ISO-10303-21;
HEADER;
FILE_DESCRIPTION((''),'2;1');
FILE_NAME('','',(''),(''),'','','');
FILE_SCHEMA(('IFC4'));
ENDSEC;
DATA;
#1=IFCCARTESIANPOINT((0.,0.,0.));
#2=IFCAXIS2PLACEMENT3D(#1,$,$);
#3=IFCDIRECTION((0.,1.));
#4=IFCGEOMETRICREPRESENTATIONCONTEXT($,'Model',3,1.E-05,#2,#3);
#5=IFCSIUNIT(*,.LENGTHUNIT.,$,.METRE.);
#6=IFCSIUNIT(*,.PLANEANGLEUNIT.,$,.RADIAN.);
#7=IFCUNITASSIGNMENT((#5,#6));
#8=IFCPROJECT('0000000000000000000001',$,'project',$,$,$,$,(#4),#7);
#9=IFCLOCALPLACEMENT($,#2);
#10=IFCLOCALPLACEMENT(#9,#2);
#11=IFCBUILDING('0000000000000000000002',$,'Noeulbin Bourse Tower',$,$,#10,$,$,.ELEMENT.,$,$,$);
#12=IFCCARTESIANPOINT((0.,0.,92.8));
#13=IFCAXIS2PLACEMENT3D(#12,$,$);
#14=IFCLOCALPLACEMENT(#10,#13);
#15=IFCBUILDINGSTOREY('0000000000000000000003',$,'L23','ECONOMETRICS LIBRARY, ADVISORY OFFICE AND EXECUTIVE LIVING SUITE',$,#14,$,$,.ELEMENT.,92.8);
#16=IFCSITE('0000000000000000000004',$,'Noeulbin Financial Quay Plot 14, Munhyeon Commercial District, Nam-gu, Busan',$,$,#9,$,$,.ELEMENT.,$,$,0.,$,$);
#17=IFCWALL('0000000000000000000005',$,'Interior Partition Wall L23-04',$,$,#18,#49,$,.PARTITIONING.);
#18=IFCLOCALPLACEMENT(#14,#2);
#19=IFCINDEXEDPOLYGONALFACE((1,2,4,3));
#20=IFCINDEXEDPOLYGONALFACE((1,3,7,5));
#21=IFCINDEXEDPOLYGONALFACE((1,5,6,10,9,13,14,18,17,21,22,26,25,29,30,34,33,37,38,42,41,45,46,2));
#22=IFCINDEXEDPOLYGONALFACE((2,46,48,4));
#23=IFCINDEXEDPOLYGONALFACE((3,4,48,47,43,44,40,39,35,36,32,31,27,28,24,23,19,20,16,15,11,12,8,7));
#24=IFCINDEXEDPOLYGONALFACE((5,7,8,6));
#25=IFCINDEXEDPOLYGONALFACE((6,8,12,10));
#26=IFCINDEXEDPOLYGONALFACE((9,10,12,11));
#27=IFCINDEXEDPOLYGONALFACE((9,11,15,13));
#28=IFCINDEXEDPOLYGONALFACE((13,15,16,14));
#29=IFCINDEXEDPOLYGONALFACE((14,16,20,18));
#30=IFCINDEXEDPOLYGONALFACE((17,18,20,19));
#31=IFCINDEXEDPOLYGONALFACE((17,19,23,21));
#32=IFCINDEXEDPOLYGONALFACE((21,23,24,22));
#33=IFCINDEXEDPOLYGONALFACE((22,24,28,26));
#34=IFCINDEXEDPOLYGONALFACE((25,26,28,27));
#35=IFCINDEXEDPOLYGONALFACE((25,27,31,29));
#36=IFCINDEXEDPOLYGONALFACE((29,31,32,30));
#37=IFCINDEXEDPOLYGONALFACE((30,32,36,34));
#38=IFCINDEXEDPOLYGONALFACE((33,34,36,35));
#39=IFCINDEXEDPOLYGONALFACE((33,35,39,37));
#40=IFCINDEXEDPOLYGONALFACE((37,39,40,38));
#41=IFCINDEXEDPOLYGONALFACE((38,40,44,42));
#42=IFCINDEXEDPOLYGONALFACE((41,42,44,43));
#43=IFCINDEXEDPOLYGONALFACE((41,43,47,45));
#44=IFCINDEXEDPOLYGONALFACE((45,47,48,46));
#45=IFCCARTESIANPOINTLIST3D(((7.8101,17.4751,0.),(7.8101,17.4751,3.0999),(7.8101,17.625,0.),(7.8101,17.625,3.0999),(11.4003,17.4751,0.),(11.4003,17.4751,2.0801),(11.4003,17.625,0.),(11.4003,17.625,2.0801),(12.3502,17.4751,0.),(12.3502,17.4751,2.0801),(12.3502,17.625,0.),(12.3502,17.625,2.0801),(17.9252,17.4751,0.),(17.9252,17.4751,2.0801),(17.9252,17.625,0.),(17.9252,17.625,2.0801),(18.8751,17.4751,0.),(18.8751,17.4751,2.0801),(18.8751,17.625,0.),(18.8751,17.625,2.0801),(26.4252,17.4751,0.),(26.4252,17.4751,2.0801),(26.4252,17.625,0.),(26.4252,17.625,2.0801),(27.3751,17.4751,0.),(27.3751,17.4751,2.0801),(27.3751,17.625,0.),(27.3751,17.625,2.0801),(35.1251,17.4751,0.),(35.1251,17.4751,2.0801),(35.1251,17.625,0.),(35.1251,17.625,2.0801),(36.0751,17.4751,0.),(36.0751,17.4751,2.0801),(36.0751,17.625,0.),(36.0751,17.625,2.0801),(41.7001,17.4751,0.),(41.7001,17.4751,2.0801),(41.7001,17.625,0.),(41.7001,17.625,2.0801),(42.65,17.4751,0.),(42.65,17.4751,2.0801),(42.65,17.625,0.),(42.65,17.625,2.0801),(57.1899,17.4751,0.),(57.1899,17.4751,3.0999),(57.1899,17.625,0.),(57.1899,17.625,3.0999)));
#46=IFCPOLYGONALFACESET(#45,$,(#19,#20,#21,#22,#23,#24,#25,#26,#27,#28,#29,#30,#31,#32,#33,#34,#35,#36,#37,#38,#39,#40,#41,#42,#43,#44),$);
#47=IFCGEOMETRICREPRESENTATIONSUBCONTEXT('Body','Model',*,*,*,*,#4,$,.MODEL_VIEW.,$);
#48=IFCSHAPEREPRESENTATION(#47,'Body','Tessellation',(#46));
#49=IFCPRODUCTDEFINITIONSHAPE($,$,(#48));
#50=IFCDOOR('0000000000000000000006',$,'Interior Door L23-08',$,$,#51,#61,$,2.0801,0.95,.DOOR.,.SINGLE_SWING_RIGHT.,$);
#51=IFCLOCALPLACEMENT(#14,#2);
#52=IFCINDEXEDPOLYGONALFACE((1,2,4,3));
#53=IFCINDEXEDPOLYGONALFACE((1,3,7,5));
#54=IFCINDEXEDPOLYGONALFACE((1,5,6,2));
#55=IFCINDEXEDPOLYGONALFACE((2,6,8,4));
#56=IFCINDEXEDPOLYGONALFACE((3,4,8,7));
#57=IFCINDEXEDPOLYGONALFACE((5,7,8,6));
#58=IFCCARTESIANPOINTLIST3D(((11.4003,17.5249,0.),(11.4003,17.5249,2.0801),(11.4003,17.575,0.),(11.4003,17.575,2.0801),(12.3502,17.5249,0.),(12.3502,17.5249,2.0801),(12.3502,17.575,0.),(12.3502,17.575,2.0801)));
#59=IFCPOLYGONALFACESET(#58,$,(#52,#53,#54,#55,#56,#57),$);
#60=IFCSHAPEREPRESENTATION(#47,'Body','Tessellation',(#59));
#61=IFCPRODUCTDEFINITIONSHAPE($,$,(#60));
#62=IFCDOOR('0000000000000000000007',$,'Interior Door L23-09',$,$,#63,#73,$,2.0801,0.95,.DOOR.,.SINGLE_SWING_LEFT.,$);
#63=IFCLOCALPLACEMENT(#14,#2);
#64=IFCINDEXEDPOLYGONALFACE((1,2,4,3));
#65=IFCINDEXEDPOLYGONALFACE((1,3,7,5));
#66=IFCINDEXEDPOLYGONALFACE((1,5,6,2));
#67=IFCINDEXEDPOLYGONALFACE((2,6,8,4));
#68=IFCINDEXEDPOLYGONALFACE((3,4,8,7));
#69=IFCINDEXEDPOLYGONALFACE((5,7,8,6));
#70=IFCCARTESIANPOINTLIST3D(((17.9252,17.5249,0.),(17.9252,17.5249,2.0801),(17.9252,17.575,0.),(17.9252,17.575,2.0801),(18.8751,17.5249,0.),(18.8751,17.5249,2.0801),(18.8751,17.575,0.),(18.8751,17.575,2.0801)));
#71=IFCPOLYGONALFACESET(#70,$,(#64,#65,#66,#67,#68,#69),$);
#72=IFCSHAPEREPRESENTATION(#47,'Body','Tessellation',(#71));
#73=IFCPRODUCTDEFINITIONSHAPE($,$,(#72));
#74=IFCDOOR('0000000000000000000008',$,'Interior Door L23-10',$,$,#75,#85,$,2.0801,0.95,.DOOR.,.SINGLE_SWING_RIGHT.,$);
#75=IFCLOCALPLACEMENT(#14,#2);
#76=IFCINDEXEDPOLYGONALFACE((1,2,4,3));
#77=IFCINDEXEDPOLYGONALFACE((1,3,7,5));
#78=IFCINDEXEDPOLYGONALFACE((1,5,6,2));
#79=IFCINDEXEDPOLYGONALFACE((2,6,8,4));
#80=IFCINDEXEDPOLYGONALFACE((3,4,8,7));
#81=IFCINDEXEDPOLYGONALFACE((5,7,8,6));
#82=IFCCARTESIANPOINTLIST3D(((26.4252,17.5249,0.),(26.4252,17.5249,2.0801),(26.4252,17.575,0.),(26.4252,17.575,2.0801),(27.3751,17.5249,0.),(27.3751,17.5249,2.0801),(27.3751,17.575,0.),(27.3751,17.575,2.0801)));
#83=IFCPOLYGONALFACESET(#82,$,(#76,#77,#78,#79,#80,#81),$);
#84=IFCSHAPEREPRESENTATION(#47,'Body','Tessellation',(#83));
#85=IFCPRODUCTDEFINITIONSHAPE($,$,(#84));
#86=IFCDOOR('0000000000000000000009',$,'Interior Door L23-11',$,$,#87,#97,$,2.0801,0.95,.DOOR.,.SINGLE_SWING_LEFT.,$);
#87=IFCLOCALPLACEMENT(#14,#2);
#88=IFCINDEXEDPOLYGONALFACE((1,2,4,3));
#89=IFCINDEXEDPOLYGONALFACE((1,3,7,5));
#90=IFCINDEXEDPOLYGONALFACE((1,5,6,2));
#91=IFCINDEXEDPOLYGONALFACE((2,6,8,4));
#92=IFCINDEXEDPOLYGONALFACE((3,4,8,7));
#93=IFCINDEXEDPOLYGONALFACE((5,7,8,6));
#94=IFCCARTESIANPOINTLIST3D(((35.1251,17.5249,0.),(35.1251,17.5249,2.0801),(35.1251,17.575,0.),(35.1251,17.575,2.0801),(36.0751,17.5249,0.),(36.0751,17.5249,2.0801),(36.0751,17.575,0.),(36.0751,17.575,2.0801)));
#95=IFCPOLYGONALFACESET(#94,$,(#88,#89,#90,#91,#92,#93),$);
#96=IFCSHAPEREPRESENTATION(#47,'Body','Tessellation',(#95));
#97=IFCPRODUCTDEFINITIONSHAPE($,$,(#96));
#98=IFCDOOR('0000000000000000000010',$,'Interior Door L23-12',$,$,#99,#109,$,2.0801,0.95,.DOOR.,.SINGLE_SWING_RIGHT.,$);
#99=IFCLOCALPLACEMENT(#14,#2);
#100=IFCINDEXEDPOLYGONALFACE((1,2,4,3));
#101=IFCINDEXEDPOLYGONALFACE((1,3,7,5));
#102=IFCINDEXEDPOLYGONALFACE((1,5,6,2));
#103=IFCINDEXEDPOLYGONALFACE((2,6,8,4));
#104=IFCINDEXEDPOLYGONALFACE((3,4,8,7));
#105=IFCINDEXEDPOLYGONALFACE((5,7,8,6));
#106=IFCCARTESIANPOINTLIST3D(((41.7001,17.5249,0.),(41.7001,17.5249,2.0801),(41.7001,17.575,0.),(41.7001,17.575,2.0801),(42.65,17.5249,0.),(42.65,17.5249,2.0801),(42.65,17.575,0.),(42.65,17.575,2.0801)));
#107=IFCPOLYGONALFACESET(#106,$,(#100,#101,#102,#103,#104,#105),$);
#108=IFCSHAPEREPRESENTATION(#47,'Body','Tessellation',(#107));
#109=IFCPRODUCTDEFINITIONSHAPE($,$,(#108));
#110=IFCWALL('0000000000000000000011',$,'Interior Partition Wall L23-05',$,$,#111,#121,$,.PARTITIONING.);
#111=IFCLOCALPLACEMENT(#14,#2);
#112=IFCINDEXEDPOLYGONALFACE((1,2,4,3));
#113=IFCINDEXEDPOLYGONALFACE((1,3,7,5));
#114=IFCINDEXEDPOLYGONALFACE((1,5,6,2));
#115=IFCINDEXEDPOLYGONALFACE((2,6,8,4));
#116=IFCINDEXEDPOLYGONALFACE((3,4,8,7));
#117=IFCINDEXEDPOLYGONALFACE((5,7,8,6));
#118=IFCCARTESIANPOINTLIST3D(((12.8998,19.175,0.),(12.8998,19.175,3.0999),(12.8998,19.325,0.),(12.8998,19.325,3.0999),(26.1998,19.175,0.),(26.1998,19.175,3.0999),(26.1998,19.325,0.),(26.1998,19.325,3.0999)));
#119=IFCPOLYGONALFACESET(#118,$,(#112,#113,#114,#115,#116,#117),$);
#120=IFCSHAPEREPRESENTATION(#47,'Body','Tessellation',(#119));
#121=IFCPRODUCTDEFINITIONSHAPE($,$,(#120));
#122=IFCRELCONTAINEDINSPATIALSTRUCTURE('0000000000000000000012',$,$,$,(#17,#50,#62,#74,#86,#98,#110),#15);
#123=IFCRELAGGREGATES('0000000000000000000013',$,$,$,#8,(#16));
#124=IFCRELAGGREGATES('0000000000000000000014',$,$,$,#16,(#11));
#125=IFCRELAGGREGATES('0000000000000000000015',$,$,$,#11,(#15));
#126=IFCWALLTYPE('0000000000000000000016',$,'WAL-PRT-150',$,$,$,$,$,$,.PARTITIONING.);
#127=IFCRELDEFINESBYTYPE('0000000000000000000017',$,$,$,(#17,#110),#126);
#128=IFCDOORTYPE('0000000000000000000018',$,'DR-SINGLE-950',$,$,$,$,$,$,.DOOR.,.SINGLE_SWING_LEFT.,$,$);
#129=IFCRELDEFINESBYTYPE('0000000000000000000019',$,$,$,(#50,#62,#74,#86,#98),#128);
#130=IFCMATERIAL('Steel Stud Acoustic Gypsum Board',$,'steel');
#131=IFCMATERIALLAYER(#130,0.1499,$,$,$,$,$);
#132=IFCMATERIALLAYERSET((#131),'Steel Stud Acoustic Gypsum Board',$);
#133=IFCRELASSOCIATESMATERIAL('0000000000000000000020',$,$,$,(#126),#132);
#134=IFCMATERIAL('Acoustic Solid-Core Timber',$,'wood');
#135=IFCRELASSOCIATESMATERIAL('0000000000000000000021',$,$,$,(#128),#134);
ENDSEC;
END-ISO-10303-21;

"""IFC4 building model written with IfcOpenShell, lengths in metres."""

from ifc_helpers import new_model, si_unit, direction, frame, frame_2d, origin, place, context, subcontext, project, spatial, rectangle, extrude, material, layer, layer_set, type_object, element, fill, save


model = new_model("IFC4")

# Units and contexts
model_context = context("Model", 3, precision=1e-05, world=origin(), true_north=direction((0.0, 1.0)))
body_context = subcontext(model_context, "Body", "Model", "MODEL_VIEW")
ifc_project = project(units=[si_unit("LENGTHUNIT", "METRE"), si_unit("PLANEANGLEUNIT", "RADIAN")], contexts=[model_context])

# Site, building, storey
site_placement = place(None, origin())
site = spatial("IfcSite", under=ifc_project, at=site_placement, Name="Noeulbin Financial Quay Plot 14, Munhyeon Commercial District, Nam-gu, Busan", CompositionType="ELEMENT", RefElevation=0.0)
building_placement = place(site_placement, origin())
building = spatial("IfcBuilding", under=site, at=building_placement, Name="Noeulbin Bourse Tower", CompositionType="ELEMENT")
storey_placement = place(building_placement, frame((0.0, 0.0, 92.8)))
storey = spatial("IfcBuildingStorey", under=building, at=storey_placement, Name="L23", Description="ECONOMETRICS LIBRARY, ADVISORY OFFICE AND EXECUTIVE LIVING SUITE", CompositionType="ELEMENT", Elevation=92.8)

# Wall, openings, doors
ifc_material_1 = material(Name="Steel Stud Acoustic Gypsum Board", Category="steel")
ifc_layer_1 = layer(ifc_material_1, 0.1499)
ifc_layer_set_1 = layer_set([ifc_layer_1], Name="Steel Stud Acoustic Gypsum Board")
wall_type = type_object("IfcWallType", Name="WAL-PRT-150", PredefinedType="PARTITIONING", material=ifc_layer_set_1)
wall_1_placement = place(storey_placement, frame((7.8101, 17.55, 0.0), z_axis=(0.0, 0.0, 1.0), x_axis=(1.0, 0.0, 0.0)))
wall_1 = element("IfcWall", 1, at=wall_1_placement, inside=storey, type_object=wall_type, Name="Interior Partition Wall L23-04", PredefinedType="PARTITIONING", context=body_context, shape_type="SweptSolid", body=[
    extrude(rectangle(XDim=49.3799, YDim=0.1499, at=frame_2d((24.6899, 0.0))), origin(), (0.0, 0.0, 1.0), 3.0999),
])
opening_1_placement = place(wall_1_placement, frame((3.5901, 0.0, 0.0)))
opening_1 = element("IfcOpeningElement", 2, at=opening_1_placement, cuts=wall_1, PredefinedType="OPENING", context=body_context, shape_type="SweptSolid", body=[
    extrude(rectangle(XDim=0.95, YDim=2.0801, at=frame_2d((0.4751, 1.04))), frame((0.0, 0.085, 0.0), z_axis=(0.0, -1.0, 0.0), x_axis=(1.0, 0.0, 0.0)), (0.0, 0.0, 1.0), 0.1699),
])
opening_2_placement = place(wall_1_placement, frame((10.115, 0.0, 0.0)))
opening_2 = element("IfcOpeningElement", 3, at=opening_2_placement, cuts=wall_1, PredefinedType="OPENING", context=body_context, shape_type="SweptSolid", body=[
    extrude(rectangle(XDim=0.95, YDim=2.0801, at=frame_2d((0.4751, 1.04))), frame((0.0, 0.085, 0.0), z_axis=(0.0, -1.0, 0.0), x_axis=(1.0, 0.0, 0.0)), (0.0, 0.0, 1.0), 0.1699),
])
opening_3_placement = place(wall_1_placement, frame((18.615, 0.0, 0.0)))
opening_3 = element("IfcOpeningElement", 4, at=opening_3_placement, cuts=wall_1, PredefinedType="OPENING", context=body_context, shape_type="SweptSolid", body=[
    extrude(rectangle(XDim=0.95, YDim=2.0801, at=frame_2d((0.4751, 1.04))), frame((0.0, 0.085, 0.0), z_axis=(0.0, -1.0, 0.0), x_axis=(1.0, 0.0, 0.0)), (0.0, 0.0, 1.0), 0.1699),
])
opening_4_placement = place(wall_1_placement, frame((27.3149, 0.0, 0.0)))
opening_4 = element("IfcOpeningElement", 5, at=opening_4_placement, cuts=wall_1, PredefinedType="OPENING", context=body_context, shape_type="SweptSolid", body=[
    extrude(rectangle(XDim=0.95, YDim=2.0801, at=frame_2d((0.4751, 1.04))), frame((0.0, 0.085, 0.0), z_axis=(0.0, -1.0, 0.0), x_axis=(1.0, 0.0, 0.0)), (0.0, 0.0, 1.0), 0.1699),
])
opening_5_placement = place(wall_1_placement, frame((33.8899, 0.0, 0.0)))
opening_5 = element("IfcOpeningElement", 6, at=opening_5_placement, cuts=wall_1, PredefinedType="OPENING", context=body_context, shape_type="SweptSolid", body=[
    extrude(rectangle(XDim=0.95, YDim=2.0801, at=frame_2d((0.4751, 1.04))), frame((0.0, 0.085, 0.0), z_axis=(0.0, -1.0, 0.0), x_axis=(1.0, 0.0, 0.0)), (0.0, 0.0, 1.0), 0.1699),
])
ifc_material_2 = material(Name="Acoustic Solid-Core Timber", Category="wood")
door_type = type_object("IfcDoorType", Name="DR-SINGLE-950", OperationType="SINGLE_SWING_LEFT", PredefinedType="DOOR", material=ifc_material_2)
door_1_placement = place(opening_1_placement, origin())
door_1 = element("IfcDoor", 7, at=door_1_placement, inside=storey, type_object=door_type, Name="Interior Door L23-08", OperationType="SINGLE_SWING_RIGHT", OverallHeight=2.0801, OverallWidth=0.95, PredefinedType="DOOR", context=body_context, shape_type="SweptSolid", body=[
    extrude(rectangle(XDim=0.95, YDim=2.0801, at=frame_2d((0.4751, 1.04))), frame((0.0, 0.0249, 0.0), z_axis=(0.0, -1.0, 0.0), x_axis=(1.0, 0.0, 0.0)), (0.0, 0.0, 1.0), 0.05),
])
fill(opening_1, door_1)
door_2_placement = place(opening_2_placement, origin())
door_2 = element("IfcDoor", 8, at=door_2_placement, inside=storey, type_object=door_type, Name="Interior Door L23-09", OperationType="SINGLE_SWING_LEFT", OverallHeight=2.0801, OverallWidth=0.95, PredefinedType="DOOR", context=body_context, shape_type="SweptSolid", body=[
    extrude(rectangle(XDim=0.95, YDim=2.0801, at=frame_2d((0.4751, 1.04))), frame((0.0, 0.0249, 0.0), z_axis=(0.0, -1.0, 0.0), x_axis=(1.0, 0.0, 0.0)), (0.0, 0.0, 1.0), 0.05),
])
fill(opening_2, door_2)
door_3_placement = place(opening_3_placement, origin())
door_3 = element("IfcDoor", 9, at=door_3_placement, inside=storey, type_object=door_type, Name="Interior Door L23-10", OperationType="SINGLE_SWING_RIGHT", OverallHeight=2.0801, OverallWidth=0.95, PredefinedType="DOOR", context=body_context, shape_type="SweptSolid", body=[
    extrude(rectangle(XDim=0.95, YDim=2.0801, at=frame_2d((0.4751, 1.04))), frame((0.0, 0.0249, 0.0), z_axis=(0.0, -1.0, 0.0), x_axis=(1.0, 0.0, 0.0)), (0.0, 0.0, 1.0), 0.05),
])
fill(opening_3, door_3)
door_4_placement = place(opening_4_placement, origin())
door_4 = element("IfcDoor", 10, at=door_4_placement, inside=storey, type_object=door_type, Name="Interior Door L23-11", OperationType="SINGLE_SWING_LEFT", OverallHeight=2.0801, OverallWidth=0.95, PredefinedType="DOOR", context=body_context, shape_type="SweptSolid", body=[
    extrude(rectangle(XDim=0.95, YDim=2.0801, at=frame_2d((0.4751, 1.04))), frame((0.0, 0.0249, 0.0), z_axis=(0.0, -1.0, 0.0), x_axis=(1.0, 0.0, 0.0)), (0.0, 0.0, 1.0), 0.05),
])
fill(opening_4, door_4)
door_5_placement = place(opening_5_placement, origin())
door_5 = element("IfcDoor", 11, at=door_5_placement, inside=storey, type_object=door_type, Name="Interior Door L23-12", OperationType="SINGLE_SWING_RIGHT", OverallHeight=2.0801, OverallWidth=0.95, PredefinedType="DOOR", context=body_context, shape_type="SweptSolid", body=[
    extrude(rectangle(XDim=0.95, YDim=2.0801, at=frame_2d((0.4751, 1.04))), frame((0.0, 0.0249, 0.0), z_axis=(0.0, -1.0, 0.0), x_axis=(1.0, 0.0, 0.0)), (0.0, 0.0, 1.0), 0.05),
])
fill(opening_5, door_5)

# Wall
wall_2_placement = place(storey_placement, frame((12.8999, 19.25, 0.0), z_axis=(0.0, 0.0, 1.0), x_axis=(1.0, 0.0, 0.0)))
element("IfcWall", 12, at=wall_2_placement, inside=storey, type_object=wall_type, Name="Interior Partition Wall L23-05", PredefinedType="PARTITIONING", context=body_context, shape_type="SweptSolid", body=[
    extrude(rectangle(XDim=13.3, YDim=0.1499, at=frame_2d((6.6499, 0.0))), origin(), (0.0, 0.0, 1.0), 3.0999),
])

save(model, "model.ifc")
